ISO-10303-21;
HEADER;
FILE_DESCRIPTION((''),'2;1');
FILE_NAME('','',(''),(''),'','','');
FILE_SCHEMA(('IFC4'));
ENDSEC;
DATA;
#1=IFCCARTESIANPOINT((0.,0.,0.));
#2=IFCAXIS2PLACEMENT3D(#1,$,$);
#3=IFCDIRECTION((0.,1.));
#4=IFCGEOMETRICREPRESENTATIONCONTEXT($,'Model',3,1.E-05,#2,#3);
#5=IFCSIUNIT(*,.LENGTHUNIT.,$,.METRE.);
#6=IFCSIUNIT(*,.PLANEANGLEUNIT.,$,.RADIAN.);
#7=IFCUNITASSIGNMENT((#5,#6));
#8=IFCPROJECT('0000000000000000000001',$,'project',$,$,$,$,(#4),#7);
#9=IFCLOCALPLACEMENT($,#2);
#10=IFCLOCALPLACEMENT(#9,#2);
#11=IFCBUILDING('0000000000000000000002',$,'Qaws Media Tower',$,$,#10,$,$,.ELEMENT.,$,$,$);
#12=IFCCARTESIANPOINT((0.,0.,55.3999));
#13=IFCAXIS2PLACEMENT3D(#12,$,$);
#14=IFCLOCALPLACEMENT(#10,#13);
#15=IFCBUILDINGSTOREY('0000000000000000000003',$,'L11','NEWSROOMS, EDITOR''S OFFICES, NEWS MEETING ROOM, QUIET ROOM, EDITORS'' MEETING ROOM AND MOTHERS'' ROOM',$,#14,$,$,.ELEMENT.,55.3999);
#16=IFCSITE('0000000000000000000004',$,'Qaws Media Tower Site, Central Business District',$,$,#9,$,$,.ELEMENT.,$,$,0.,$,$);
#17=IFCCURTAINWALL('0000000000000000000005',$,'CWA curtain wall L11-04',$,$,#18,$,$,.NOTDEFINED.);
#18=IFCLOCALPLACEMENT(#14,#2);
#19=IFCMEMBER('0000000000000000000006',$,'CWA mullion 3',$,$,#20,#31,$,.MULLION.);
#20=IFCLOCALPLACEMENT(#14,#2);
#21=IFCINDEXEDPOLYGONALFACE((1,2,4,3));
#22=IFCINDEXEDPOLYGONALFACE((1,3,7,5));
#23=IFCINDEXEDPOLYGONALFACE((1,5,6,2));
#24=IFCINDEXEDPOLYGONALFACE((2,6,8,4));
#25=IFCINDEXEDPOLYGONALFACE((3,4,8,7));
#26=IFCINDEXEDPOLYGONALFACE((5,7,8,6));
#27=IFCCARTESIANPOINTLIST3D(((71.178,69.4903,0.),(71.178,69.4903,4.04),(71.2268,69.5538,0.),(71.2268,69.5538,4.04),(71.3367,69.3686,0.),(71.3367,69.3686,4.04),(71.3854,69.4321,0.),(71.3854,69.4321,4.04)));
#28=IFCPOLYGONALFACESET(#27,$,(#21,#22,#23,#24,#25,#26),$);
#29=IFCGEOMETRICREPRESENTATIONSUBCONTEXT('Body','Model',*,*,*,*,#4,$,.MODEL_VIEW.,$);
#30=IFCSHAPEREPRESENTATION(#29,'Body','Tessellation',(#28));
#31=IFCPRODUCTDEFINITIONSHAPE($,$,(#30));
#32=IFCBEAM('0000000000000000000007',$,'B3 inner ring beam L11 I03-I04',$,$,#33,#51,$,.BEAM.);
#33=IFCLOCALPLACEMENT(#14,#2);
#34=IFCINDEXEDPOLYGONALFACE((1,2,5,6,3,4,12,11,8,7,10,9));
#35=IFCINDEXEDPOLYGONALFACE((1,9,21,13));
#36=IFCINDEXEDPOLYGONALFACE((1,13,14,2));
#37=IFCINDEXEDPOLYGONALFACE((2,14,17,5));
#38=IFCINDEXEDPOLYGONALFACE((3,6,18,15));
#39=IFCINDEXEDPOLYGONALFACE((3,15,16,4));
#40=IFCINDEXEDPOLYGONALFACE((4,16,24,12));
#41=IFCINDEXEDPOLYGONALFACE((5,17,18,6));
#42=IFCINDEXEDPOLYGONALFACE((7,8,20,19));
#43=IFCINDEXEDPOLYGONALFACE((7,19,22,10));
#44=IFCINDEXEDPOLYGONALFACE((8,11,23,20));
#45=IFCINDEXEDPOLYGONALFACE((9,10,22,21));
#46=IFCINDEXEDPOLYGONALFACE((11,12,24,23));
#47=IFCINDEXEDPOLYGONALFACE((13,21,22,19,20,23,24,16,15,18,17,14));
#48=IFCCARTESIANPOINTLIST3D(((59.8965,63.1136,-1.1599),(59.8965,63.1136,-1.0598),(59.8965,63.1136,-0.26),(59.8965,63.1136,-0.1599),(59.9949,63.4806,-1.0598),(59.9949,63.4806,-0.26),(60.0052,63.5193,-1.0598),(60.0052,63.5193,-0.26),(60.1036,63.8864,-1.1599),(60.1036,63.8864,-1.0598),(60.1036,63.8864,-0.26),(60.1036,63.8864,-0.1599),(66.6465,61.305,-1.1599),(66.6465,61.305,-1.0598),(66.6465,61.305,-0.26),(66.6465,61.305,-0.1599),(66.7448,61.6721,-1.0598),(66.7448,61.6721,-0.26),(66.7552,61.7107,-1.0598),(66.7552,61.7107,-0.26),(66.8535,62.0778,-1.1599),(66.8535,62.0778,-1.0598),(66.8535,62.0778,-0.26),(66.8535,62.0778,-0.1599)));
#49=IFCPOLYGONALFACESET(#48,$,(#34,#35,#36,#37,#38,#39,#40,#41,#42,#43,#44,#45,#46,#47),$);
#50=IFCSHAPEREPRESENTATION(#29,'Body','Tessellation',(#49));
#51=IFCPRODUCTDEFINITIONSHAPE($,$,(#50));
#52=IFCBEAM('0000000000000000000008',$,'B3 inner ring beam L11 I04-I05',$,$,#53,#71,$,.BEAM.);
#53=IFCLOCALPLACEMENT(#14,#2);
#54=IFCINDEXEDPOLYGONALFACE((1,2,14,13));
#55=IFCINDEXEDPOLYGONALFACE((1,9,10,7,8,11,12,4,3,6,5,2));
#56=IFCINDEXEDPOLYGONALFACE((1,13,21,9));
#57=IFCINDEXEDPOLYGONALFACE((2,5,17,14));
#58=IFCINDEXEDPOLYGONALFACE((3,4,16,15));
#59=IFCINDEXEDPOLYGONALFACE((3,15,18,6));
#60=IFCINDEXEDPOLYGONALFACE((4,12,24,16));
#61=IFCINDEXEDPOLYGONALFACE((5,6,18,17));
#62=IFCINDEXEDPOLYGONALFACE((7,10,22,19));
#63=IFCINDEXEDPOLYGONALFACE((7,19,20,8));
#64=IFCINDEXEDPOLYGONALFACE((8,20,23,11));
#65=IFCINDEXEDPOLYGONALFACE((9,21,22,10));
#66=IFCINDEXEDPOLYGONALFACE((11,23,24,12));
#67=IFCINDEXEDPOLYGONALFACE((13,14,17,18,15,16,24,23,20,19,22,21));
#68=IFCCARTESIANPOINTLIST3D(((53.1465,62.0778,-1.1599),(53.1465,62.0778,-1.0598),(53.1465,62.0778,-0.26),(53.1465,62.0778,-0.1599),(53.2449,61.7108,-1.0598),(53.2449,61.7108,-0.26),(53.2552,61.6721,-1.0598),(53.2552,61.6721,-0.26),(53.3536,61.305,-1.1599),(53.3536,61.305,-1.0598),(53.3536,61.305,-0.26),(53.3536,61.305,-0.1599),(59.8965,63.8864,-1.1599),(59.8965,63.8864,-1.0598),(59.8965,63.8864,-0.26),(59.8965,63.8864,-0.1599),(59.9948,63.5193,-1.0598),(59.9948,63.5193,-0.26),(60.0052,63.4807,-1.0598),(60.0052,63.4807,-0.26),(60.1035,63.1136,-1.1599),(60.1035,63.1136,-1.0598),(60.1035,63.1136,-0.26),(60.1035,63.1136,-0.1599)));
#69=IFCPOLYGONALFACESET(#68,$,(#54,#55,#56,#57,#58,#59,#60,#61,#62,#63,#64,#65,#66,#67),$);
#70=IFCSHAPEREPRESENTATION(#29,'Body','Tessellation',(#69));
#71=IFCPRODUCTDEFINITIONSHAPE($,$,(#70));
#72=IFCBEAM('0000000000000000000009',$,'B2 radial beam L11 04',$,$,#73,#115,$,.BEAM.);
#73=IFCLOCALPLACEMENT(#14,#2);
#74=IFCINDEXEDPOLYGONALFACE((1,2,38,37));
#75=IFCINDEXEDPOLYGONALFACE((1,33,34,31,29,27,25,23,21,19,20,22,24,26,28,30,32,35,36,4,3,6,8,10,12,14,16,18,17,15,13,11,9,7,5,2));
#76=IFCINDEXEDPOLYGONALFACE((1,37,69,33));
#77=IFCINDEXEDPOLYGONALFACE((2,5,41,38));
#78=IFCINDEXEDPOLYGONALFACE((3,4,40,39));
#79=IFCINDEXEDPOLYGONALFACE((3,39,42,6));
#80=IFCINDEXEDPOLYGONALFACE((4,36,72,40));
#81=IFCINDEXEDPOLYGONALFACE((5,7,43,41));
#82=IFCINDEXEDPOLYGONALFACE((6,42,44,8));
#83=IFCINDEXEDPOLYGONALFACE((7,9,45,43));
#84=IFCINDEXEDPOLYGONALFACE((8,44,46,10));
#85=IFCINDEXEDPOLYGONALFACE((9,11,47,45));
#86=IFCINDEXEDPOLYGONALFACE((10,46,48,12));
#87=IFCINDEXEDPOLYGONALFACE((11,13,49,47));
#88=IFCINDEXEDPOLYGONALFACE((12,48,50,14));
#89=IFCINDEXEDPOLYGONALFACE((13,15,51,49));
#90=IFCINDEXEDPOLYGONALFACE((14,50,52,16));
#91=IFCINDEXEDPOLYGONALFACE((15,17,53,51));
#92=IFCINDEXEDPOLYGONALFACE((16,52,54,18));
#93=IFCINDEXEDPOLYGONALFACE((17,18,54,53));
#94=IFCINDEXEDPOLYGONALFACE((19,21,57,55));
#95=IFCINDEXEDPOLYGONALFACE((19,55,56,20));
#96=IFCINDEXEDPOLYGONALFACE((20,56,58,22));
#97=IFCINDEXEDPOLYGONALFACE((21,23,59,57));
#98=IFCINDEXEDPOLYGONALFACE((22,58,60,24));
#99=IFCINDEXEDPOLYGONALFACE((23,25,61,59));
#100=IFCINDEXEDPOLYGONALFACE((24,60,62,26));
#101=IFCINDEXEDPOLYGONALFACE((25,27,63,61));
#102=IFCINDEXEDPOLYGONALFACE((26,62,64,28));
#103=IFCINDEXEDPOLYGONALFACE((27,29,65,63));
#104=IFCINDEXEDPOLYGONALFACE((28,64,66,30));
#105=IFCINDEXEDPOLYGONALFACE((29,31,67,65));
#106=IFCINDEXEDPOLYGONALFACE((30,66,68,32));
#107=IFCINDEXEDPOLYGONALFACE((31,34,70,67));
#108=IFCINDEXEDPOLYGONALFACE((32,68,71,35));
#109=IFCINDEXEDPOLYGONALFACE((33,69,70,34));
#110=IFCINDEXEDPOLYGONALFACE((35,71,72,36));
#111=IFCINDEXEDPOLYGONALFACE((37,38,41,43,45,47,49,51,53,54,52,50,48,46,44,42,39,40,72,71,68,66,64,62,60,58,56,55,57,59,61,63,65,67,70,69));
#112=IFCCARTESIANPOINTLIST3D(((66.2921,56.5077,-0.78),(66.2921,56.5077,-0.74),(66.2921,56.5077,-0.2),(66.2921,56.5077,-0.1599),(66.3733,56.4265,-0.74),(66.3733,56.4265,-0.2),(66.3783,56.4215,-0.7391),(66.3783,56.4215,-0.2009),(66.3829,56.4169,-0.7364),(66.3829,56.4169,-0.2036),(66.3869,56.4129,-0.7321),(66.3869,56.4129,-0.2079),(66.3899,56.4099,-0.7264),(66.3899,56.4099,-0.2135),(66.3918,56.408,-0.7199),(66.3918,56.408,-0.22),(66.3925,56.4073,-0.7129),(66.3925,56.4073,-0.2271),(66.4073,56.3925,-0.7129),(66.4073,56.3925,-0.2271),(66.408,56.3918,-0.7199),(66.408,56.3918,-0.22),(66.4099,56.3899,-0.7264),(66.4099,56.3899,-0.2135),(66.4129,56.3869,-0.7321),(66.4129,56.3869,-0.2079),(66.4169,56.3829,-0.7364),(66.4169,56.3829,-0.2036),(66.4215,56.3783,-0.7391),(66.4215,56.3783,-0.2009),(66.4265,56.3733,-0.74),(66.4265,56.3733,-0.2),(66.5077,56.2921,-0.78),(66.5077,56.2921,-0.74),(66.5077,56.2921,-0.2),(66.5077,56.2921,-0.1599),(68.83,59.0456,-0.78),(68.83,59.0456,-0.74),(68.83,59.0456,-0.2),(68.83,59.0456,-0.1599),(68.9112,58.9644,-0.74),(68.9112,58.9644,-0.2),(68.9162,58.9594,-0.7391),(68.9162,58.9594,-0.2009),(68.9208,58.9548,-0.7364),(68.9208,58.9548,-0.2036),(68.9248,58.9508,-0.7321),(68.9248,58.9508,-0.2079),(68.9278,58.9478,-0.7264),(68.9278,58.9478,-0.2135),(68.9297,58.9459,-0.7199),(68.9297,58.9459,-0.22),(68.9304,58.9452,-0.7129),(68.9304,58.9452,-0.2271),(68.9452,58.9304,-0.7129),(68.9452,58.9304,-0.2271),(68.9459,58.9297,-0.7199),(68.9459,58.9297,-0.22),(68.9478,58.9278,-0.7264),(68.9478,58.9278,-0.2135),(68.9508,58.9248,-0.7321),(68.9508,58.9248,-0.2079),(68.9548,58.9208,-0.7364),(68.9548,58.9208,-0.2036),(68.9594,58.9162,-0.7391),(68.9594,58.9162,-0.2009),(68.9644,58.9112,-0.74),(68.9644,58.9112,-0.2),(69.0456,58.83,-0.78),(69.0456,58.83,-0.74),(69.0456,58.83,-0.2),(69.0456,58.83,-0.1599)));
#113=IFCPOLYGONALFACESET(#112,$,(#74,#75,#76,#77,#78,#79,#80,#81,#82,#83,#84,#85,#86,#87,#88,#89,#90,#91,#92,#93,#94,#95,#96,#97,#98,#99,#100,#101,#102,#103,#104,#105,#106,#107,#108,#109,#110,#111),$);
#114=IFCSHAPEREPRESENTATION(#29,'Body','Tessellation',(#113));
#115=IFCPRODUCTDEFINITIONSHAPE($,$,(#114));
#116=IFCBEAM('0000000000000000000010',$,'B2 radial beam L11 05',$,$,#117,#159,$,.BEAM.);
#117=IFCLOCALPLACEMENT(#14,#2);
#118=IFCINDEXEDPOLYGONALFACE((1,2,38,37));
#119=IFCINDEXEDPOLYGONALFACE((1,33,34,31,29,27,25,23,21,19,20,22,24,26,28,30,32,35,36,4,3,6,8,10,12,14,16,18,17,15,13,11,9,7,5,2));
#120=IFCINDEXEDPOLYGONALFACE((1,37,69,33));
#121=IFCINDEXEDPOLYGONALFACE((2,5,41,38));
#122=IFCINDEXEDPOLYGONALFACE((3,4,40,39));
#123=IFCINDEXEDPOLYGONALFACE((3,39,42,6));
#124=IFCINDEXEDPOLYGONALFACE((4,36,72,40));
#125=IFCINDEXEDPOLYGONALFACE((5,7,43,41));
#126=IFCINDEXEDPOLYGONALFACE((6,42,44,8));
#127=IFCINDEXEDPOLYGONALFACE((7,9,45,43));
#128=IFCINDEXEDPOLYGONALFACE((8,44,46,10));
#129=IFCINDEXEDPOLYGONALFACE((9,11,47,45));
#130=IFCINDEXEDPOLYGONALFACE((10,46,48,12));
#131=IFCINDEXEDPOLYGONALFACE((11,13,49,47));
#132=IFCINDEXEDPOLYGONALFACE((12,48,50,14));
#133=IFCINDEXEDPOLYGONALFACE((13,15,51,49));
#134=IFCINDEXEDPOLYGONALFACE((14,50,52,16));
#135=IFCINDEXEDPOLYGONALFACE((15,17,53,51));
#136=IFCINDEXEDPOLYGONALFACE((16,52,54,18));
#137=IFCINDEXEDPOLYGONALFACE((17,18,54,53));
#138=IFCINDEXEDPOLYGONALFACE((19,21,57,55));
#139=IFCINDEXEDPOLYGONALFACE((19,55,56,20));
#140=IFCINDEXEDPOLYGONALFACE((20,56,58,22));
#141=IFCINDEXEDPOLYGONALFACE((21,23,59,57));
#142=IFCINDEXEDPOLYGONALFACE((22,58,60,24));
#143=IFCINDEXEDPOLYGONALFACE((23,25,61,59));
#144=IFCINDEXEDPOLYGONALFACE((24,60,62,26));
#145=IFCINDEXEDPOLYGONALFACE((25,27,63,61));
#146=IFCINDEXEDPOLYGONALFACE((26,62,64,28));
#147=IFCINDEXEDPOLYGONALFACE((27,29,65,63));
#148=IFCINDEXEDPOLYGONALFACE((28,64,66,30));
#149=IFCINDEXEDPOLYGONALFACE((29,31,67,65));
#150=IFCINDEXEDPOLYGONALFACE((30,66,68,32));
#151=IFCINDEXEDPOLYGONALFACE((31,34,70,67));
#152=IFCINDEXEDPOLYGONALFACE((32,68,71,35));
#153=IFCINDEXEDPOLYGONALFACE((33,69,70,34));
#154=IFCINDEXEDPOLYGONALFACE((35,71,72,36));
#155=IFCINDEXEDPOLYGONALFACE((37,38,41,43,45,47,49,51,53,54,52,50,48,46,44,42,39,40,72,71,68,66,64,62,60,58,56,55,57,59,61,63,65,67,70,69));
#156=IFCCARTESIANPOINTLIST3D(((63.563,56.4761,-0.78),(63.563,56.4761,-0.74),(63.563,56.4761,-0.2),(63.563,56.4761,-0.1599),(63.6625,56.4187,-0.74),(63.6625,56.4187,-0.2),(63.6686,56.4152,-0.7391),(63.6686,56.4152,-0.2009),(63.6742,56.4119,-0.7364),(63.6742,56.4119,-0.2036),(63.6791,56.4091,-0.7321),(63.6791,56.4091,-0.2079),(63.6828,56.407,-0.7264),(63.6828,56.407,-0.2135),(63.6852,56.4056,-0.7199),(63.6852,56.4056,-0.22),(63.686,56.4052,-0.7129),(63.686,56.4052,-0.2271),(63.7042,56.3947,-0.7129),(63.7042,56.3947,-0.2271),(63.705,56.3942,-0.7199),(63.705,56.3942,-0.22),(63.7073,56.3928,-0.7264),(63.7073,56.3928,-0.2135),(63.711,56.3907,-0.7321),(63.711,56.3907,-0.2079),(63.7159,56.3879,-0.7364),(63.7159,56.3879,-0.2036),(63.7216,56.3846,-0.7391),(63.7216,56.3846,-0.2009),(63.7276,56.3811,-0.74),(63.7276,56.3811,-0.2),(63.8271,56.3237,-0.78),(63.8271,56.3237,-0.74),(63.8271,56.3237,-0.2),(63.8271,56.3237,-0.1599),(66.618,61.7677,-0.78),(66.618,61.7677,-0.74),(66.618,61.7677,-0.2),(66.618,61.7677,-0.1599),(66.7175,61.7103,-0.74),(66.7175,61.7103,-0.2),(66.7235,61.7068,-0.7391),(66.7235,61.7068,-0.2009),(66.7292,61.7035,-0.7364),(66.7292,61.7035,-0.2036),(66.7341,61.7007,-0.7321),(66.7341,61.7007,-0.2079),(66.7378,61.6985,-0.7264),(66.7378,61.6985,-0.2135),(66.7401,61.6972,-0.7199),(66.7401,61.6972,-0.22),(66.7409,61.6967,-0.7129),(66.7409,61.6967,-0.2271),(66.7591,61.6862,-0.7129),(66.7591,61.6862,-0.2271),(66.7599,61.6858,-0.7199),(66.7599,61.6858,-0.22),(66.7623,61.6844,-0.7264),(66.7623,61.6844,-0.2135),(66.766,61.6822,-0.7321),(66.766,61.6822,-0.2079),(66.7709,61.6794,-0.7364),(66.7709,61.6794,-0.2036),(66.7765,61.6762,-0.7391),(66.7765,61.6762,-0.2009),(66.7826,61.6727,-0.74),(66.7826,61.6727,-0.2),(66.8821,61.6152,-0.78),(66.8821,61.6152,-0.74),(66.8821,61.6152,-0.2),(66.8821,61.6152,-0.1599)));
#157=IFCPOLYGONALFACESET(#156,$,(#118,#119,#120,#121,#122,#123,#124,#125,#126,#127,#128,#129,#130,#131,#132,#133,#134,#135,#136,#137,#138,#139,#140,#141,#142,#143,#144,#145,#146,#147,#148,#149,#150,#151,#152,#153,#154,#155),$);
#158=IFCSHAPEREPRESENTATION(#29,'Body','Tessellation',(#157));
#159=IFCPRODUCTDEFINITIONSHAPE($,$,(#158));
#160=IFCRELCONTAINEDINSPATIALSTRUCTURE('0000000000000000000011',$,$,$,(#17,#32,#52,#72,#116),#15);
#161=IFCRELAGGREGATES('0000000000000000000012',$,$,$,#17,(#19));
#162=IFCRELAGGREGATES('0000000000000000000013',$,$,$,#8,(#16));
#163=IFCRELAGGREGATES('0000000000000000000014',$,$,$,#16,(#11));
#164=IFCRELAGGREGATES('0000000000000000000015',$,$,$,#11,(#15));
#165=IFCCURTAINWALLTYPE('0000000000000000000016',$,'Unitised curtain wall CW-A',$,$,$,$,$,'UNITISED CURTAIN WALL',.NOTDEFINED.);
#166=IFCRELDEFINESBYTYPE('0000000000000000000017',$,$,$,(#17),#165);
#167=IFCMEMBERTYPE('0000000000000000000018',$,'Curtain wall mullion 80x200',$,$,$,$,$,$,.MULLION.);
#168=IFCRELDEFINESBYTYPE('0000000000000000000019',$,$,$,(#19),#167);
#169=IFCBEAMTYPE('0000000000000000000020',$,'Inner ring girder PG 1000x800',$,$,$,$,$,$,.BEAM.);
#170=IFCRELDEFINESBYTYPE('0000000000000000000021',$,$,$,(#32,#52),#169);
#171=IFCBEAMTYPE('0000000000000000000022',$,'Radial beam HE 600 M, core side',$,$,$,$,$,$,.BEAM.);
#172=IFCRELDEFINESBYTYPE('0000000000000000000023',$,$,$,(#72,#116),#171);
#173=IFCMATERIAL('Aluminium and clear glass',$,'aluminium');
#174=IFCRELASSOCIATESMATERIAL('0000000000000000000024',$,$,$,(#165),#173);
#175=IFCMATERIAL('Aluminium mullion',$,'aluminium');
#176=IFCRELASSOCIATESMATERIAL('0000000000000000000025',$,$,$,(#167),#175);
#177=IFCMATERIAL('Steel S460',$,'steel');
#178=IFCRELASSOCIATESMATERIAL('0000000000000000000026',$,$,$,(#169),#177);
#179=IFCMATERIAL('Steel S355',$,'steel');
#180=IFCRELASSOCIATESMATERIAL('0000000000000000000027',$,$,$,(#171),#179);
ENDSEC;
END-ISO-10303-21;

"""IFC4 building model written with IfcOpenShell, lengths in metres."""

from ifc_helpers import new_model, si_unit, direction, frame, origin, origin_2d, place, context, subcontext, project, spatial, rectangle, i_section, extrude, material, material_profile, profile_set, type_object, element, aggregate, save


model = new_model("IFC4")

# Units and contexts
model_context = context("Model", 3, precision=1e-05, world=origin(), true_north=direction((0.0, 1.0)))
body_context = subcontext(model_context, "Body", "Model", "MODEL_VIEW")
ifc_project = project(units=[si_unit("LENGTHUNIT", "METRE"), si_unit("PLANEANGLEUNIT", "RADIAN")], contexts=[model_context])

# Site, building, storey
site_placement = place(None, origin())
site = spatial("IfcSite", under=ifc_project, at=site_placement, Name="Qaws Media Tower Site, Central Business District", CompositionType="ELEMENT", RefElevation=0.0)
building_placement = place(site_placement, origin())
building = spatial("IfcBuilding", under=site, at=building_placement, Name="Qaws Media Tower", CompositionType="ELEMENT")
storey_placement = place(building_placement, frame((0.0, 0.0, 55.3999)))
storey = spatial("IfcBuildingStorey", under=building, at=storey_placement, Name="L11", Description="NEWSROOMS, EDITOR'S OFFICES, NEWS MEETING ROOM, QUIET ROOM, EDITORS' MEETING ROOM AND MOTHERS' ROOM", CompositionType="ELEMENT", Elevation=55.3999)

# Curtain wall, member
ifc_material_1 = material(Name="Aluminium and clear glass", Category="aluminium")
curtain_wall_type = type_object("IfcCurtainWallType", Name="Unitised curtain wall CW-A", ElementType="UNITISED CURTAIN WALL", PredefinedType="NOTDEFINED", material=ifc_material_1)
curtain_wall_placement = place(storey_placement, origin())
curtain_wall = element("IfcCurtainWall", 1, at=curtain_wall_placement, inside=storey, type_object=curtain_wall_type, Name="CWA curtain wall L11-04", PredefinedType="NOTDEFINED")
ifc_material_2 = material(Name="Aluminium mullion", Category="aluminium")
ifc_material_profile_1 = material_profile(ifc_material_2, rectangle(XDim=0.0801, YDim=0.2, at=origin_2d()), Name="80x200")
ifc_profile_set_1 = profile_set([ifc_material_profile_1], Name="Aluminium mullion")
member_type = type_object("IfcMemberType", Name="Curtain wall mullion 80x200", PredefinedType="MULLION", material=ifc_profile_set_1)
member_placement = place(storey_placement, frame((71.2817, 69.4612, 0.0), z_axis=(0.0, 0.0, 1.0), x_axis=(-0.608761, -0.793353, 0.0)))
member = element("IfcMember", 2, at=member_placement, type_object=member_type, Name="CWA mullion 3", PredefinedType="MULLION", context=body_context, shape_type="SweptSolid", body=[
    extrude(rectangle(XDim=0.0801, YDim=0.2, at=origin_2d()), origin(), (0.0, 0.0, 1.0), 4.04),
])
aggregate(curtain_wall, [member])

# Beams
ifc_material_3 = material(Name="Steel S460", Category="steel")
ifc_material_profile_2 = material_profile(ifc_material_3, i_section(OverallWidth=0.8, OverallDepth=1.0, WebThickness=0.04, FlangeThickness=0.1001, at=origin_2d()), Name="PG 1000x800")
ifc_profile_set_2 = profile_set([ifc_material_profile_2], Name="Steel S460")
beam_type_1 = type_object("IfcBeamType", Name="Inner ring girder PG 1000x800", PredefinedType="BEAM", material=ifc_profile_set_2)
for number, where, z_axis, x_axis, name in (
    (3, (66.75, 61.6914, -0.6599), (-0.965928, 0.258811, 0.0), (-0.258811, -0.965928, 0.0), "B3 inner ring beam L11 I03-I04"),
    (4, (60.0, 63.5, -0.6599), (-0.965928, -0.258811, 0.0), (0.258811, -0.965928, 0.0), "B3 inner ring beam L11 I04-I05"),
):
    element("IfcBeam", number, at=place(storey_placement, frame(where, z_axis=z_axis, x_axis=x_axis)), inside=storey, type_object=beam_type_1, Name=name, PredefinedType="BEAM", context=body_context, shape_type="SweptSolid", body=[
        extrude(i_section(OverallWidth=0.8, OverallDepth=1.0, WebThickness=0.04, FlangeThickness=0.1001, at=origin_2d()), origin(), (0.0, 0.0, 1.0), 6.988),
    ])
ifc_material_4 = material(Name="Steel S355", Category="steel")
ifc_material_profile_3 = material_profile(ifc_material_4, i_section(OverallWidth=0.3049, OverallDepth=0.6201, WebThickness=0.021, FlangeThickness=0.04, FilletRadius=0.0271, at=origin_2d()), Name="HE 600 M")
ifc_profile_set_3 = profile_set([ifc_material_profile_3], Name="Steel S355")
beam_type_2 = type_object("IfcBeamType", Name="Radial beam HE 600 M, core side", PredefinedType="BEAM", material=ifc_profile_set_3)
beam_1_placement = place(storey_placement, frame((66.3999, 56.3999, -0.47), z_axis=(0.707107, 0.707107, 0.0), x_axis=(-0.707107, 0.707107, 0.0)))
element("IfcBeam", 5, at=beam_1_placement, inside=storey, type_object=beam_type_2, Name="B2 radial beam L11 04", PredefinedType="BEAM", context=body_context, shape_type="SweptSolid", body=[
    extrude(i_section(OverallWidth=0.3049, OverallDepth=0.6201, WebThickness=0.021, FlangeThickness=0.04, FilletRadius=0.0271, at=origin_2d()), origin(), (0.0, 0.0, 1.0), 3.5891),
])
beam_2_placement = place(storey_placement, frame((63.6951, 56.3999, -0.47), z_axis=(0.499985, 0.866034, 0.0), x_axis=(-0.866034, 0.499985, 0.0)))
element("IfcBeam", 6, at=beam_2_placement, inside=storey, type_object=beam_type_2, Name="B2 radial beam L11 05", PredefinedType="BEAM", context=body_context, shape_type="SweptSolid", body=[
    extrude(i_section(OverallWidth=0.3049, OverallDepth=0.6201, WebThickness=0.021, FlangeThickness=0.04, FilletRadius=0.0271, at=origin_2d()), origin(), (0.0, 0.0, 1.0), 6.1101),
])

save(model, "model.ifc")
